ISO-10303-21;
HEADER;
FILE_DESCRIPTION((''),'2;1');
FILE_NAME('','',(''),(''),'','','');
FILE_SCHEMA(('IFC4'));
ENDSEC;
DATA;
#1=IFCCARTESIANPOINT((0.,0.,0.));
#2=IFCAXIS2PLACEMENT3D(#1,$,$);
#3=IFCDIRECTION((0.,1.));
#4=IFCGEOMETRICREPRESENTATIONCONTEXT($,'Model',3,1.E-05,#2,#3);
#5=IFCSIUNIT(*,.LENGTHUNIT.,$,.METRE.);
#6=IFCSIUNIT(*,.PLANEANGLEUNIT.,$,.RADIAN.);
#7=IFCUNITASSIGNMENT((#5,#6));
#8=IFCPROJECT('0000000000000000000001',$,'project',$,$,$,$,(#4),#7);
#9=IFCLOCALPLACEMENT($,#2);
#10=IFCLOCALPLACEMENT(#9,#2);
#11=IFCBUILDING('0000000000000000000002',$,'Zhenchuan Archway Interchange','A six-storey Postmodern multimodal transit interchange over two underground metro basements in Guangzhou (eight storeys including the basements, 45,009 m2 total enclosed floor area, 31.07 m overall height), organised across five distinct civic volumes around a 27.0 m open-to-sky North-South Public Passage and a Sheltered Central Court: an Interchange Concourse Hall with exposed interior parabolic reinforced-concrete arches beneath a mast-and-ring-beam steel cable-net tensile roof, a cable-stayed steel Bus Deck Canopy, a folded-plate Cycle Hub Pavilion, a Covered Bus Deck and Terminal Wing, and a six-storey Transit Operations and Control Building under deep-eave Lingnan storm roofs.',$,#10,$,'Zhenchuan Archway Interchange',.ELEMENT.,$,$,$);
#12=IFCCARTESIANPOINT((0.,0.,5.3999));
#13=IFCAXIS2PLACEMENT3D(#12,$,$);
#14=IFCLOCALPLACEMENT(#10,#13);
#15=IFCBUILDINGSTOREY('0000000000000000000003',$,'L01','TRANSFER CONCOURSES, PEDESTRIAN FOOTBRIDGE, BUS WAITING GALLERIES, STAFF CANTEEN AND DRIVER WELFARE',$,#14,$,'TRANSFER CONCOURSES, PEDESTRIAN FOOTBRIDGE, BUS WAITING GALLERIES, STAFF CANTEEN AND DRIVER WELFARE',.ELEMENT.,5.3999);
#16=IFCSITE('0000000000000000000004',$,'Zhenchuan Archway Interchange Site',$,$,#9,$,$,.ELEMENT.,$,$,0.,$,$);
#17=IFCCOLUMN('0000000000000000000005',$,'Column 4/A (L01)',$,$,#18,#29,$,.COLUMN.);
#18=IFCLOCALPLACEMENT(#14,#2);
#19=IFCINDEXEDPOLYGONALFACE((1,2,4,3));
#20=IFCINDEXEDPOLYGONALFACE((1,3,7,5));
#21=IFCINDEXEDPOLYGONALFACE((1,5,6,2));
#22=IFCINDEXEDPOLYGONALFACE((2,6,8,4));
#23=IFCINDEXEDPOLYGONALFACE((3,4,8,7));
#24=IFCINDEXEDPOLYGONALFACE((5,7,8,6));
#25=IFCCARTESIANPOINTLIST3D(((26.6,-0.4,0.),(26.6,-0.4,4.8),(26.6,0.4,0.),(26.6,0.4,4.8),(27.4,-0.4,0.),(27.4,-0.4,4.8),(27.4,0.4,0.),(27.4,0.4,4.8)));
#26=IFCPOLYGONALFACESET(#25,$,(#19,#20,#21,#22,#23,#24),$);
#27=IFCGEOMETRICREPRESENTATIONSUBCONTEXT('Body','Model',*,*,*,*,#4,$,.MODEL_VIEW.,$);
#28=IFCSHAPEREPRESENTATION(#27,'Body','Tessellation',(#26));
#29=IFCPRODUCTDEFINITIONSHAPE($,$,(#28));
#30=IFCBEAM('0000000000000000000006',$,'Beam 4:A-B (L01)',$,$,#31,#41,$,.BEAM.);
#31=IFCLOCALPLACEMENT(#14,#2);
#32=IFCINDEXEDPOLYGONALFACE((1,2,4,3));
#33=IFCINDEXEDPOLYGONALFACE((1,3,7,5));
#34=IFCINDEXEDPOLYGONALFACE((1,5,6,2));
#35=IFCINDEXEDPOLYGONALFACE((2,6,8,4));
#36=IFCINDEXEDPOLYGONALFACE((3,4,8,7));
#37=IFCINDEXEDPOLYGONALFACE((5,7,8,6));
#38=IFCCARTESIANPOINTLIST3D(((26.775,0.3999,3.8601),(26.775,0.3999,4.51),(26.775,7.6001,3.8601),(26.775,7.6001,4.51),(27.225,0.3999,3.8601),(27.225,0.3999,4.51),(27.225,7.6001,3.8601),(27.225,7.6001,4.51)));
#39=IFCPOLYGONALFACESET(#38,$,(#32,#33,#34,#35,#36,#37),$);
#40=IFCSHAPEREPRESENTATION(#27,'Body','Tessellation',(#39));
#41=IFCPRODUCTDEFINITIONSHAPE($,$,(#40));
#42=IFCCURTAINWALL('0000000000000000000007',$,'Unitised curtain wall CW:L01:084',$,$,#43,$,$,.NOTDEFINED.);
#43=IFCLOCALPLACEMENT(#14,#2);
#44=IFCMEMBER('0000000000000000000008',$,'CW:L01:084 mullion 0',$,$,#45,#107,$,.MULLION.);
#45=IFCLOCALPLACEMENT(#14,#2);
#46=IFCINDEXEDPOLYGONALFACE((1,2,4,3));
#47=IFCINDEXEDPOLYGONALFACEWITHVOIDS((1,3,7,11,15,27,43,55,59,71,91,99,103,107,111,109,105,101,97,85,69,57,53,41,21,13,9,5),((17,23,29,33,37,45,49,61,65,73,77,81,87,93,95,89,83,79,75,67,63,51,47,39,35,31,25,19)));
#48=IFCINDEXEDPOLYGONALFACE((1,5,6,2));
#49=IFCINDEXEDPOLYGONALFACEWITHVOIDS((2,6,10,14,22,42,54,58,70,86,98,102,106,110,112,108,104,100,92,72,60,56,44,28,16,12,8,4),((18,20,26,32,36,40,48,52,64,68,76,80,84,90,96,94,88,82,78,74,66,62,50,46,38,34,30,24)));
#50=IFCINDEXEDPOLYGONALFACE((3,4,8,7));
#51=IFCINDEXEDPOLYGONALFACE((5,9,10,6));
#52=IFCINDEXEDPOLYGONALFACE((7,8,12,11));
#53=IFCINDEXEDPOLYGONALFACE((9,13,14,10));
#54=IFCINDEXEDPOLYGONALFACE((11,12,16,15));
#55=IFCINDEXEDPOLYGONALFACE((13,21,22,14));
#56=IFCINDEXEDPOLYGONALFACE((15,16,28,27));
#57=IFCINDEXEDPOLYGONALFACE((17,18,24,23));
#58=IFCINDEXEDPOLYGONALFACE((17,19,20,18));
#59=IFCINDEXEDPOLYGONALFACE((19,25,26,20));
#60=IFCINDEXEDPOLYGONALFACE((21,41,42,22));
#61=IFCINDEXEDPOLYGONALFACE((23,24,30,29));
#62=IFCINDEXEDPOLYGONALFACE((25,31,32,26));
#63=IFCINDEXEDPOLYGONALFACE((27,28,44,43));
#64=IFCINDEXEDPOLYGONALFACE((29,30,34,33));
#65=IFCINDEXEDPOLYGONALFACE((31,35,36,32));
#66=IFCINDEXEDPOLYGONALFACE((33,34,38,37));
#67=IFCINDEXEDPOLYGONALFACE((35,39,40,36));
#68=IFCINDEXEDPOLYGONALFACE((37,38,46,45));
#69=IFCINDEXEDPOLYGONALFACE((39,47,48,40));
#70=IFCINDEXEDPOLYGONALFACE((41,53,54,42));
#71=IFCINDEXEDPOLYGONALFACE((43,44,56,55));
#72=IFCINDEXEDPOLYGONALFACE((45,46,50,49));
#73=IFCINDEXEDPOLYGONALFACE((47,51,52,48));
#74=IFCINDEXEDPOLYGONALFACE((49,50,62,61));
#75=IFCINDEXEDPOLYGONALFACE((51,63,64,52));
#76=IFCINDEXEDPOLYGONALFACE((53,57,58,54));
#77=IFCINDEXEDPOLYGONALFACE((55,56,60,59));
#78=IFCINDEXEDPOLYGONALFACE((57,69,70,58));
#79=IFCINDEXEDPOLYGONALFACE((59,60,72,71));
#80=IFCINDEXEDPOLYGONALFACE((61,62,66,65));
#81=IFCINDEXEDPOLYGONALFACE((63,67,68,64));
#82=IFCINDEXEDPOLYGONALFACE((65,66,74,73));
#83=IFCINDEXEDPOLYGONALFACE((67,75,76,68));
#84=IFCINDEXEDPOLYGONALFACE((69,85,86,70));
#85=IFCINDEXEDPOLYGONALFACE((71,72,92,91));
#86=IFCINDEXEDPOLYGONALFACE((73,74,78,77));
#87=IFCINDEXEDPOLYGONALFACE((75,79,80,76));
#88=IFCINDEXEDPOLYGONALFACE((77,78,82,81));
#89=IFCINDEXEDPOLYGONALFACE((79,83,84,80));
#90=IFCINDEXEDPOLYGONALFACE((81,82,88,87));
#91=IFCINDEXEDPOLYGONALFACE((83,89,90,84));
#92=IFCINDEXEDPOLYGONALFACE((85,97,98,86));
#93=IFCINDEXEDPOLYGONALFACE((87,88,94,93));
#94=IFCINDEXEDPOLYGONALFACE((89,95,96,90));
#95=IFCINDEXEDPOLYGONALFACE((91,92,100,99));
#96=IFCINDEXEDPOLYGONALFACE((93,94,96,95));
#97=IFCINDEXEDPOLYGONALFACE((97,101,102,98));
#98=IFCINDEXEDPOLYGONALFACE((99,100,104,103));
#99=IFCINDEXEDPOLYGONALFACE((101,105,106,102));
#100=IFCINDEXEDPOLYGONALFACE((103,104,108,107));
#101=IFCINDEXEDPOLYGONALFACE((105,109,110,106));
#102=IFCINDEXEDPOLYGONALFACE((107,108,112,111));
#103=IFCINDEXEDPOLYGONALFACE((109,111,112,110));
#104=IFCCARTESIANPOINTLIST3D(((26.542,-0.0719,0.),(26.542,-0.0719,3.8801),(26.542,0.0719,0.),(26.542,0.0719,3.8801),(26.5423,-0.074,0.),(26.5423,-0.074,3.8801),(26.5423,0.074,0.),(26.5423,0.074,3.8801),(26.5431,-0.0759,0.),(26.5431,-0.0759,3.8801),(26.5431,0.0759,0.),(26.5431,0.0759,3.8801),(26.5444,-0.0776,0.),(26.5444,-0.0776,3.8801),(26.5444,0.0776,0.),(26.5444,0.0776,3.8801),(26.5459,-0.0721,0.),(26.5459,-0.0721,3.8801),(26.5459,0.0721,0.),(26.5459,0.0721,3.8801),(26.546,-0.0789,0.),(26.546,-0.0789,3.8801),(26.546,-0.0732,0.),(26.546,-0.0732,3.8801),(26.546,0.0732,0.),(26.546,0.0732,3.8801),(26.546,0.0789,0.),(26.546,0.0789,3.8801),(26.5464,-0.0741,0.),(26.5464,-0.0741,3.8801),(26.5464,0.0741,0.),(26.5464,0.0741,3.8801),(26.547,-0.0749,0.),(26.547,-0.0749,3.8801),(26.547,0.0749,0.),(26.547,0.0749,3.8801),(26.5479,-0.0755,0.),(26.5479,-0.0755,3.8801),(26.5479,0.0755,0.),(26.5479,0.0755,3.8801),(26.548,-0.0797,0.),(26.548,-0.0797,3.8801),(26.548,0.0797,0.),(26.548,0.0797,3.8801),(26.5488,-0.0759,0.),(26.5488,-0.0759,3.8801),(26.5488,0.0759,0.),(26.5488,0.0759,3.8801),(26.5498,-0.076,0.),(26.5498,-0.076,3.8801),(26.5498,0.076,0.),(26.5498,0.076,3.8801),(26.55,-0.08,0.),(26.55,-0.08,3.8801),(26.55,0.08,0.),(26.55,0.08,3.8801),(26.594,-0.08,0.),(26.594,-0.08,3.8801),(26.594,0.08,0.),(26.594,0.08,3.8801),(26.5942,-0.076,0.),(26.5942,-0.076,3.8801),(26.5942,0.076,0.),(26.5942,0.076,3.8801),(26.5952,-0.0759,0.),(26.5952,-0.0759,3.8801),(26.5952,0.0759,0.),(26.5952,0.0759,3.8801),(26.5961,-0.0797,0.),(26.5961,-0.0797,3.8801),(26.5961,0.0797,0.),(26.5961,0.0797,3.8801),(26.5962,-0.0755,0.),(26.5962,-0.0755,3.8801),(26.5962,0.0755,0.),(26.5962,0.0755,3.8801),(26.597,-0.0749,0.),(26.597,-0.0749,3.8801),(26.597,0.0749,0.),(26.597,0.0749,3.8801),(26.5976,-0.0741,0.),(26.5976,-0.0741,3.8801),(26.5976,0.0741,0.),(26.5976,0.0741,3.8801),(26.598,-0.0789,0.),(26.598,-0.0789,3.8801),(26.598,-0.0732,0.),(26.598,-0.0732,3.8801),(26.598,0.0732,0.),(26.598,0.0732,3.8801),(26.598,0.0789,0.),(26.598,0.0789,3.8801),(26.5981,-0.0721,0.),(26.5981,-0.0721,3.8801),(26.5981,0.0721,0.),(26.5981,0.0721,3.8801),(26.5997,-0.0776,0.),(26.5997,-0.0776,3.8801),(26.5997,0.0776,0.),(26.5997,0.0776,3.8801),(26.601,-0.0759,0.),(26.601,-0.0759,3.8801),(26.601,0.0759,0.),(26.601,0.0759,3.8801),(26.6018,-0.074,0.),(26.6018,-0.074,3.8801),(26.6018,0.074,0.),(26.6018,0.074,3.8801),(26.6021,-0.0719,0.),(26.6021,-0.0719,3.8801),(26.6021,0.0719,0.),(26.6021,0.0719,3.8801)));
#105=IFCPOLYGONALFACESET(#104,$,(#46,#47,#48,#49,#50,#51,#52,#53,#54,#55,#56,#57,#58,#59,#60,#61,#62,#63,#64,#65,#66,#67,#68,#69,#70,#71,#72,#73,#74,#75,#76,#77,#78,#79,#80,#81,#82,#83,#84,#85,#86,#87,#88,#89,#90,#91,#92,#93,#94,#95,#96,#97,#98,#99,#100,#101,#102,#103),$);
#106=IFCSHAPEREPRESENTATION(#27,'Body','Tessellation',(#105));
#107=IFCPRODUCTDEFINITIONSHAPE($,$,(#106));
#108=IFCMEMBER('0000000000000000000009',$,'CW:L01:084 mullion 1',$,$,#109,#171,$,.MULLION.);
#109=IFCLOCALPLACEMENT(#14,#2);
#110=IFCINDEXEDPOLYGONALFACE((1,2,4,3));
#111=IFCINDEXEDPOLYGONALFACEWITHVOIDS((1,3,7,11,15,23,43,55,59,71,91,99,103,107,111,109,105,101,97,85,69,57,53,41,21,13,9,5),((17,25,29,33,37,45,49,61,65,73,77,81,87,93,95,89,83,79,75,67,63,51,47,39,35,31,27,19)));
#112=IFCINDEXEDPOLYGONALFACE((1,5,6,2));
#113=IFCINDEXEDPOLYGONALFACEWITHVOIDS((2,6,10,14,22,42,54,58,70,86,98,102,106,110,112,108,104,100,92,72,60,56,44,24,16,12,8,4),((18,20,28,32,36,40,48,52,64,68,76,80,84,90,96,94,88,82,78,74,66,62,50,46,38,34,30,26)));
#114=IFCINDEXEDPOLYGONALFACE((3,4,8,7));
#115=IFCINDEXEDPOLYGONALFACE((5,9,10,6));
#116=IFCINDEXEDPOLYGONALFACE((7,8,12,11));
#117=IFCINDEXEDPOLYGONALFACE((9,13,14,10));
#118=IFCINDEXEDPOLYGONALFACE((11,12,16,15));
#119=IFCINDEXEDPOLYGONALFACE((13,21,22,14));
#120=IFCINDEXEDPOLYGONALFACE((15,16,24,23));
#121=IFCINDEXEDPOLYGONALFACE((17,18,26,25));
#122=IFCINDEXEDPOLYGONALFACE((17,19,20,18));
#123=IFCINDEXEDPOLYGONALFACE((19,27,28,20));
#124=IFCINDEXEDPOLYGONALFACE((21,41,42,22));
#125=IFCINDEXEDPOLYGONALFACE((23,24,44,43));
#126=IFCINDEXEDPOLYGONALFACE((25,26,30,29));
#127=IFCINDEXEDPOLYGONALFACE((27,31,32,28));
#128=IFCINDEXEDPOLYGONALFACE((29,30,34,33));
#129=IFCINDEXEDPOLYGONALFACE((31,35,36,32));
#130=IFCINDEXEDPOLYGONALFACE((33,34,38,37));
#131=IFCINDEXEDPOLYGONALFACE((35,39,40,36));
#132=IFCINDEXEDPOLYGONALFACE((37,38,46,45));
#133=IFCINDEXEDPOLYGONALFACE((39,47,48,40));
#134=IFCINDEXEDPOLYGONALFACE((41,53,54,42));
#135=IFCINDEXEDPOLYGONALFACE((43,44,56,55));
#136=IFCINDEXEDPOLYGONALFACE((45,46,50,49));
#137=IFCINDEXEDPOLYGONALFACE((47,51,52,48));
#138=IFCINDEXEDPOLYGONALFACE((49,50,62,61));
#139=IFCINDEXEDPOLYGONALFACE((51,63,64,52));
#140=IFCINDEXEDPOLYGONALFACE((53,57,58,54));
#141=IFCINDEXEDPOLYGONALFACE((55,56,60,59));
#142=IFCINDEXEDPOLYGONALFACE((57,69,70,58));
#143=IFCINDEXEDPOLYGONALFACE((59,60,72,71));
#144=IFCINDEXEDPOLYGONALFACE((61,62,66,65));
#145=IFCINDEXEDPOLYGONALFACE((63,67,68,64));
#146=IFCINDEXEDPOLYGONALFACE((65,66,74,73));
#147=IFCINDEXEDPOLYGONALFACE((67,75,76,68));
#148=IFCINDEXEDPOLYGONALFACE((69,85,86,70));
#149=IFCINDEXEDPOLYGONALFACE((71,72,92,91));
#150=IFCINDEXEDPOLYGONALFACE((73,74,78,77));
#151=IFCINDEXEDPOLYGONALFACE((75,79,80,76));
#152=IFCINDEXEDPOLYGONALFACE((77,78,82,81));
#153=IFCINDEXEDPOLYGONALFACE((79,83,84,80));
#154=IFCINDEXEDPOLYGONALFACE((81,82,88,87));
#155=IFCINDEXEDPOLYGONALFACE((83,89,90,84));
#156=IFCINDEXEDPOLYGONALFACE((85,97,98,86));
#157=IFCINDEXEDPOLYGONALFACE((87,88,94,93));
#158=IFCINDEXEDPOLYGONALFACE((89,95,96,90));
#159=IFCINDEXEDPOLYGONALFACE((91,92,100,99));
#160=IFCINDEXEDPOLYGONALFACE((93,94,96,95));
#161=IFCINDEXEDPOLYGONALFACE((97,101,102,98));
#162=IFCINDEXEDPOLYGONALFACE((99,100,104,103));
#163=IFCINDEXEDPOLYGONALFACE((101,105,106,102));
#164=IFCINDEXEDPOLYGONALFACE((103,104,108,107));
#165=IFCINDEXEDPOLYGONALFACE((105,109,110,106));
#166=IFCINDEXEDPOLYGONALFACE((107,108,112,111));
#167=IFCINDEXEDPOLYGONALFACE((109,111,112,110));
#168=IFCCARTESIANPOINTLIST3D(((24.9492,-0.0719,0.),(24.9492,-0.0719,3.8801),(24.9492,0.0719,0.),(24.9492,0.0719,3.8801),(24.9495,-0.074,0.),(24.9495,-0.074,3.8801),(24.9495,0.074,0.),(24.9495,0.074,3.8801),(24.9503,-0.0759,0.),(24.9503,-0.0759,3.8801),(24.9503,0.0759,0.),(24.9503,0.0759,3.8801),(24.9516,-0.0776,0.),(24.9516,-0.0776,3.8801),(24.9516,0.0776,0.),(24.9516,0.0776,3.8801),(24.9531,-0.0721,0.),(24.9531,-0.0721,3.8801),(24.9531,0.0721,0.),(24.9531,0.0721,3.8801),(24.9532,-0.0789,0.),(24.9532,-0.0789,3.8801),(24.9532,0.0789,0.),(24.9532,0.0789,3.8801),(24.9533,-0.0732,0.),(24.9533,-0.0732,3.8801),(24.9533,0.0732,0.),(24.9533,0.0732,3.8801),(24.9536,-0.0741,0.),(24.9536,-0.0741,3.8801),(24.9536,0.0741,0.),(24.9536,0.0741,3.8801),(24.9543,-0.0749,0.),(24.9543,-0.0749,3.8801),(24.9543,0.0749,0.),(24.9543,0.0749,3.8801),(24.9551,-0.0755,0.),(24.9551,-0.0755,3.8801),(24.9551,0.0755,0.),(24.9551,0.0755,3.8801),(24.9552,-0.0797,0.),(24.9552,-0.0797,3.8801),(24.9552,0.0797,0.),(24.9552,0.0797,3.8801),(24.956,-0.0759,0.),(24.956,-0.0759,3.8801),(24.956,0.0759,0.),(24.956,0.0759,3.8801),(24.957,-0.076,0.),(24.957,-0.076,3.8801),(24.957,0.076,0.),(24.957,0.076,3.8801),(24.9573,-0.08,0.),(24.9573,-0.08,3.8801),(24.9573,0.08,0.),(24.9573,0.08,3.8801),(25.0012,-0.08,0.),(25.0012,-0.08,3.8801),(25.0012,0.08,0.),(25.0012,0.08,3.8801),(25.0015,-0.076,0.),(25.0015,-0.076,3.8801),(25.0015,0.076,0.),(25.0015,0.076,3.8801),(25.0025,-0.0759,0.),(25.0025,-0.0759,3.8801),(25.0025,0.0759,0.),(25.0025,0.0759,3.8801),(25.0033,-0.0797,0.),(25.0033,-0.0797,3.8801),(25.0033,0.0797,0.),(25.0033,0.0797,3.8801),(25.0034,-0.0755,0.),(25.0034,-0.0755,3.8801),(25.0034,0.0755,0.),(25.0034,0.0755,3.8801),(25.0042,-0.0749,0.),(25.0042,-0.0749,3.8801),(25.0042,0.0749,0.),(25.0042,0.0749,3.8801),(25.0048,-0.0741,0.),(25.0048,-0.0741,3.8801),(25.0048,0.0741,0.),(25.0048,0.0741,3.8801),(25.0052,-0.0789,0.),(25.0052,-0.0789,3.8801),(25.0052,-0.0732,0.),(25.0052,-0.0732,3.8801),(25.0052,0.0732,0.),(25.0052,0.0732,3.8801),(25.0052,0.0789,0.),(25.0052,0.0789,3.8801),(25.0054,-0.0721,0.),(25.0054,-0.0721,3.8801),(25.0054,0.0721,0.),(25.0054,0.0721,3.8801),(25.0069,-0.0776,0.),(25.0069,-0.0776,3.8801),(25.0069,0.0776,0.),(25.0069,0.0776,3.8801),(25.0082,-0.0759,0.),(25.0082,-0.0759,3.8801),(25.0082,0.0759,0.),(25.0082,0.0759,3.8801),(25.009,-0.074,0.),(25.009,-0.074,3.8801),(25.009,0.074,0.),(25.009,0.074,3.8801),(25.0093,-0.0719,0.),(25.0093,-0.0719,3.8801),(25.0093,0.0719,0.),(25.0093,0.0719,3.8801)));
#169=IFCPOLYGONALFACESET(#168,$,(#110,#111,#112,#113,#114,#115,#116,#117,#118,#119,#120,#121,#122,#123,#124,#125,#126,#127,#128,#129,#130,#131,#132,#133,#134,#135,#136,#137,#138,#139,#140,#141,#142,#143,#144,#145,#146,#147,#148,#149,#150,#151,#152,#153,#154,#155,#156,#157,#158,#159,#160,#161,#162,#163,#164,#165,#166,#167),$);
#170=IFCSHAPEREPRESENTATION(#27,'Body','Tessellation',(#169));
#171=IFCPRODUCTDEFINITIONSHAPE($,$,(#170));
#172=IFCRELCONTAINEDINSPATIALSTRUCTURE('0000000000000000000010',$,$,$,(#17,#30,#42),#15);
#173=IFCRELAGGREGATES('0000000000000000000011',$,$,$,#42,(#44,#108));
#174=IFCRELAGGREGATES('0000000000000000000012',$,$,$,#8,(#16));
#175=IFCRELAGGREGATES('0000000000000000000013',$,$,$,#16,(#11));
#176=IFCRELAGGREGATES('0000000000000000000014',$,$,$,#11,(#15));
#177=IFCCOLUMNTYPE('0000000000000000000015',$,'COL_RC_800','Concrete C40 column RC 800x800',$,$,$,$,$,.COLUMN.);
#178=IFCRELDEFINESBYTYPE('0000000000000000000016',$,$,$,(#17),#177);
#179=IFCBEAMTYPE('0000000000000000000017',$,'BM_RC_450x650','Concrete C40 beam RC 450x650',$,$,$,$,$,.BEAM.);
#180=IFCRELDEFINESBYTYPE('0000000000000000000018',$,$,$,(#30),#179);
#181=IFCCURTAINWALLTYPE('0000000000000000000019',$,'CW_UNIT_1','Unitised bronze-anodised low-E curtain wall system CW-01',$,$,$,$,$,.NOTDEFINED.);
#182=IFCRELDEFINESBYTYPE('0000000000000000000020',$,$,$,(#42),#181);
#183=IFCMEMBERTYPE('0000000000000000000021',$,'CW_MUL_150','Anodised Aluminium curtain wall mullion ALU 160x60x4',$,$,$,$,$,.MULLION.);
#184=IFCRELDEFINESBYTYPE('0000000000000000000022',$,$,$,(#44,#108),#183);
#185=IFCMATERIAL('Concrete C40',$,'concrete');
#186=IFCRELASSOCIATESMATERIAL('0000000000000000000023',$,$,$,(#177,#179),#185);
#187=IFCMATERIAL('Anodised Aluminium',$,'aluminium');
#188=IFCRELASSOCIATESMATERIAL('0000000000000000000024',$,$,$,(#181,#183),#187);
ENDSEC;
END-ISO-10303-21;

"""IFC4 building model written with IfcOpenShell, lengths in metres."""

from ifc_helpers import new_model, si_unit, direction, frame, origin, origin_2d, place, context, subcontext, project, spatial, rectangle, hollow_rectangle, extrude, material, material_profile, profile_set, type_object, element, aggregate, save


model = new_model("IFC4")

# Units and contexts
model_context = context("Model", 3, precision=1e-05, world=origin(), true_north=direction((0.0, 1.0)))
body_context = subcontext(model_context, "Body", "Model", "MODEL_VIEW")
ifc_project = project(units=[si_unit("LENGTHUNIT", "METRE"), si_unit("PLANEANGLEUNIT", "RADIAN")], contexts=[model_context])

# Site, building, storey
site_placement = place(None, origin())
site = spatial("IfcSite", under=ifc_project, at=site_placement, Name="Zhenchuan Archway Interchange Site", CompositionType="ELEMENT", RefElevation=0.0)
building_placement = place(site_placement, origin())
building = spatial("IfcBuilding", under=site, at=building_placement, Name="Zhenchuan Archway Interchange", Description="A six-storey Postmodern multimodal transit interchange over two underground metro basements in Guangzhou (eight storeys including the basements, 45,009 m2 total enclosed floor area, 31.07 m overall height), organised across five distinct civic volumes around a 27.0 m open-to-sky North-South Public Passage and a Sheltered Central Court: an Interchange Concourse Hall with exposed interior parabolic reinforced-concrete arches beneath a mast-and-ring-beam steel cable-net tensile roof, a cable-stayed steel Bus Deck Canopy, a folded-plate Cycle Hub Pavilion, a Covered Bus Deck and Terminal Wing, and a six-storey Transit Operations and Control Building under deep-eave Lingnan storm roofs.", LongName="Zhenchuan Archway Interchange", CompositionType="ELEMENT")
storey_placement = place(building_placement, frame((0.0, 0.0, 5.3999)))
storey = spatial("IfcBuildingStorey", under=building, at=storey_placement, Name="L01", Description="TRANSFER CONCOURSES, PEDESTRIAN FOOTBRIDGE, BUS WAITING GALLERIES, STAFF CANTEEN AND DRIVER WELFARE", LongName="TRANSFER CONCOURSES, PEDESTRIAN FOOTBRIDGE, BUS WAITING GALLERIES, STAFF CANTEEN AND DRIVER WELFARE", CompositionType="ELEMENT", Elevation=5.3999)

# Column
ifc_material_1 = material(Name="Concrete C40", Category="concrete")
ifc_material_profile_1 = material_profile(ifc_material_1, rectangle(XDim=0.8, YDim=0.8, at=origin_2d()), Name="RC 800x800")
ifc_profile_set_1 = profile_set([ifc_material_profile_1], Name="Concrete C40")
column_type = type_object("IfcColumnType", Name="COL_RC_800", Description="Concrete C40 column RC 800x800", PredefinedType="COLUMN", material=ifc_profile_set_1)
column_placement = place(storey_placement, frame((27.0, 0.0, 0.0), z_axis=(0.0, 0.0, 1.0), x_axis=(1.0, 0.0, 0.0)))
element("IfcColumn", 1, at=column_placement, inside=storey, type_object=column_type, Name="Column 4/A (L01)", PredefinedType="COLUMN", context=body_context, shape_type="SweptSolid", body=[
    extrude(rectangle(XDim=0.8, YDim=0.8, at=origin_2d()), origin(), (0.0, 0.0, 1.0), 4.8),
])

# Beam
ifc_material_profile_2 = material_profile(ifc_material_1, rectangle(XDim=0.45, YDim=0.6499, at=origin_2d()), Name="RC 450x650")
ifc_profile_set_2 = profile_set([ifc_material_profile_2], Name="Concrete C40")
beam_type_1 = type_object("IfcBeamType", Name="BM_RC_450x650", Description="Concrete C40 beam RC 450x650", PredefinedType="BEAM", material=ifc_profile_set_2)
beam_1_placement = place(storey_placement, frame((27.0, 0.3999, 4.1851), z_axis=(0.0, 1.0, 0.0), x_axis=(-1.0, 0.0, 0.0)))
element("IfcBeam", 2, at=beam_1_placement, inside=storey, type_object=beam_type_1, Name="Beam 4:A-B (L01)", PredefinedType="BEAM", context=body_context, shape_type="SweptSolid", body=[
    extrude(rectangle(XDim=0.45, YDim=0.6499, at=origin_2d()), origin(), (0.0, 0.0, 1.0), 7.2002),
])

# Curtain wall, members
ifc_material_2 = material(Name="Anodised Aluminium", Category="aluminium")
curtain_wall_type = type_object("IfcCurtainWallType", Name="CW_UNIT_1", Description="Unitised bronze-anodised low-E curtain wall system CW-01", PredefinedType="NOTDEFINED", material=ifc_material_2)
curtain_wall_placement = place(storey_placement, origin())
curtain_wall = element("IfcCurtainWall", 3, at=curtain_wall_placement, inside=storey, type_object=curtain_wall_type, Name="Unitised curtain wall CW:L01:084", PredefinedType="NOTDEFINED")
ifc_material_profile_3 = material_profile(ifc_material_2, hollow_rectangle(XDim=0.0601, YDim=0.1599, WallThickness=0.0039, InnerFilletRadius=0.0039, OuterFilletRadius=0.0081, at=origin_2d()), Name="ALU 160x60x4")
ifc_profile_set_3 = profile_set([ifc_material_profile_3], Name="Anodised Aluminium")
member_type_1 = type_object("IfcMemberType", Name="CW_MUL_150", Description="Anodised Aluminium curtain wall mullion ALU 160x60x4", PredefinedType="MULLION", material=ifc_profile_set_3)
member_1_placement = place(storey_placement, frame((26.572, 0.0, 0.0), z_axis=(0.0, 0.0, 1.0), x_axis=(1.0, 0.0, 0.0)))
member_1 = element("IfcMember", 4, at=member_1_placement, type_object=member_type_1, Name="CW:L01:084 mullion 0", PredefinedType="MULLION", context=body_context, shape_type="SweptSolid", body=[
    extrude(hollow_rectangle(XDim=0.0601, YDim=0.1599, WallThickness=0.0039, InnerFilletRadius=0.0039, OuterFilletRadius=0.0081, at=origin_2d()), origin(), (0.0, 0.0, 1.0), 3.8801),
])
member_2_placement = place(storey_placement, frame((24.9792, 0.0, 0.0), z_axis=(0.0, 0.0, 1.0), x_axis=(1.0, 0.0, 0.0)))
member_2 = element("IfcMember", 5, at=member_2_placement, type_object=member_type_1, Name="CW:L01:084 mullion 1", PredefinedType="MULLION", context=body_context, shape_type="SweptSolid", body=[
    extrude(hollow_rectangle(XDim=0.0601, YDim=0.1599, WallThickness=0.0039, InnerFilletRadius=0.0039, OuterFilletRadius=0.0081, at=origin_2d()), origin(), (0.0, 0.0, 1.0), 3.8801),
])

aggregate(curtain_wall, [member_1, member_2])

save(model, "model.ifc")
